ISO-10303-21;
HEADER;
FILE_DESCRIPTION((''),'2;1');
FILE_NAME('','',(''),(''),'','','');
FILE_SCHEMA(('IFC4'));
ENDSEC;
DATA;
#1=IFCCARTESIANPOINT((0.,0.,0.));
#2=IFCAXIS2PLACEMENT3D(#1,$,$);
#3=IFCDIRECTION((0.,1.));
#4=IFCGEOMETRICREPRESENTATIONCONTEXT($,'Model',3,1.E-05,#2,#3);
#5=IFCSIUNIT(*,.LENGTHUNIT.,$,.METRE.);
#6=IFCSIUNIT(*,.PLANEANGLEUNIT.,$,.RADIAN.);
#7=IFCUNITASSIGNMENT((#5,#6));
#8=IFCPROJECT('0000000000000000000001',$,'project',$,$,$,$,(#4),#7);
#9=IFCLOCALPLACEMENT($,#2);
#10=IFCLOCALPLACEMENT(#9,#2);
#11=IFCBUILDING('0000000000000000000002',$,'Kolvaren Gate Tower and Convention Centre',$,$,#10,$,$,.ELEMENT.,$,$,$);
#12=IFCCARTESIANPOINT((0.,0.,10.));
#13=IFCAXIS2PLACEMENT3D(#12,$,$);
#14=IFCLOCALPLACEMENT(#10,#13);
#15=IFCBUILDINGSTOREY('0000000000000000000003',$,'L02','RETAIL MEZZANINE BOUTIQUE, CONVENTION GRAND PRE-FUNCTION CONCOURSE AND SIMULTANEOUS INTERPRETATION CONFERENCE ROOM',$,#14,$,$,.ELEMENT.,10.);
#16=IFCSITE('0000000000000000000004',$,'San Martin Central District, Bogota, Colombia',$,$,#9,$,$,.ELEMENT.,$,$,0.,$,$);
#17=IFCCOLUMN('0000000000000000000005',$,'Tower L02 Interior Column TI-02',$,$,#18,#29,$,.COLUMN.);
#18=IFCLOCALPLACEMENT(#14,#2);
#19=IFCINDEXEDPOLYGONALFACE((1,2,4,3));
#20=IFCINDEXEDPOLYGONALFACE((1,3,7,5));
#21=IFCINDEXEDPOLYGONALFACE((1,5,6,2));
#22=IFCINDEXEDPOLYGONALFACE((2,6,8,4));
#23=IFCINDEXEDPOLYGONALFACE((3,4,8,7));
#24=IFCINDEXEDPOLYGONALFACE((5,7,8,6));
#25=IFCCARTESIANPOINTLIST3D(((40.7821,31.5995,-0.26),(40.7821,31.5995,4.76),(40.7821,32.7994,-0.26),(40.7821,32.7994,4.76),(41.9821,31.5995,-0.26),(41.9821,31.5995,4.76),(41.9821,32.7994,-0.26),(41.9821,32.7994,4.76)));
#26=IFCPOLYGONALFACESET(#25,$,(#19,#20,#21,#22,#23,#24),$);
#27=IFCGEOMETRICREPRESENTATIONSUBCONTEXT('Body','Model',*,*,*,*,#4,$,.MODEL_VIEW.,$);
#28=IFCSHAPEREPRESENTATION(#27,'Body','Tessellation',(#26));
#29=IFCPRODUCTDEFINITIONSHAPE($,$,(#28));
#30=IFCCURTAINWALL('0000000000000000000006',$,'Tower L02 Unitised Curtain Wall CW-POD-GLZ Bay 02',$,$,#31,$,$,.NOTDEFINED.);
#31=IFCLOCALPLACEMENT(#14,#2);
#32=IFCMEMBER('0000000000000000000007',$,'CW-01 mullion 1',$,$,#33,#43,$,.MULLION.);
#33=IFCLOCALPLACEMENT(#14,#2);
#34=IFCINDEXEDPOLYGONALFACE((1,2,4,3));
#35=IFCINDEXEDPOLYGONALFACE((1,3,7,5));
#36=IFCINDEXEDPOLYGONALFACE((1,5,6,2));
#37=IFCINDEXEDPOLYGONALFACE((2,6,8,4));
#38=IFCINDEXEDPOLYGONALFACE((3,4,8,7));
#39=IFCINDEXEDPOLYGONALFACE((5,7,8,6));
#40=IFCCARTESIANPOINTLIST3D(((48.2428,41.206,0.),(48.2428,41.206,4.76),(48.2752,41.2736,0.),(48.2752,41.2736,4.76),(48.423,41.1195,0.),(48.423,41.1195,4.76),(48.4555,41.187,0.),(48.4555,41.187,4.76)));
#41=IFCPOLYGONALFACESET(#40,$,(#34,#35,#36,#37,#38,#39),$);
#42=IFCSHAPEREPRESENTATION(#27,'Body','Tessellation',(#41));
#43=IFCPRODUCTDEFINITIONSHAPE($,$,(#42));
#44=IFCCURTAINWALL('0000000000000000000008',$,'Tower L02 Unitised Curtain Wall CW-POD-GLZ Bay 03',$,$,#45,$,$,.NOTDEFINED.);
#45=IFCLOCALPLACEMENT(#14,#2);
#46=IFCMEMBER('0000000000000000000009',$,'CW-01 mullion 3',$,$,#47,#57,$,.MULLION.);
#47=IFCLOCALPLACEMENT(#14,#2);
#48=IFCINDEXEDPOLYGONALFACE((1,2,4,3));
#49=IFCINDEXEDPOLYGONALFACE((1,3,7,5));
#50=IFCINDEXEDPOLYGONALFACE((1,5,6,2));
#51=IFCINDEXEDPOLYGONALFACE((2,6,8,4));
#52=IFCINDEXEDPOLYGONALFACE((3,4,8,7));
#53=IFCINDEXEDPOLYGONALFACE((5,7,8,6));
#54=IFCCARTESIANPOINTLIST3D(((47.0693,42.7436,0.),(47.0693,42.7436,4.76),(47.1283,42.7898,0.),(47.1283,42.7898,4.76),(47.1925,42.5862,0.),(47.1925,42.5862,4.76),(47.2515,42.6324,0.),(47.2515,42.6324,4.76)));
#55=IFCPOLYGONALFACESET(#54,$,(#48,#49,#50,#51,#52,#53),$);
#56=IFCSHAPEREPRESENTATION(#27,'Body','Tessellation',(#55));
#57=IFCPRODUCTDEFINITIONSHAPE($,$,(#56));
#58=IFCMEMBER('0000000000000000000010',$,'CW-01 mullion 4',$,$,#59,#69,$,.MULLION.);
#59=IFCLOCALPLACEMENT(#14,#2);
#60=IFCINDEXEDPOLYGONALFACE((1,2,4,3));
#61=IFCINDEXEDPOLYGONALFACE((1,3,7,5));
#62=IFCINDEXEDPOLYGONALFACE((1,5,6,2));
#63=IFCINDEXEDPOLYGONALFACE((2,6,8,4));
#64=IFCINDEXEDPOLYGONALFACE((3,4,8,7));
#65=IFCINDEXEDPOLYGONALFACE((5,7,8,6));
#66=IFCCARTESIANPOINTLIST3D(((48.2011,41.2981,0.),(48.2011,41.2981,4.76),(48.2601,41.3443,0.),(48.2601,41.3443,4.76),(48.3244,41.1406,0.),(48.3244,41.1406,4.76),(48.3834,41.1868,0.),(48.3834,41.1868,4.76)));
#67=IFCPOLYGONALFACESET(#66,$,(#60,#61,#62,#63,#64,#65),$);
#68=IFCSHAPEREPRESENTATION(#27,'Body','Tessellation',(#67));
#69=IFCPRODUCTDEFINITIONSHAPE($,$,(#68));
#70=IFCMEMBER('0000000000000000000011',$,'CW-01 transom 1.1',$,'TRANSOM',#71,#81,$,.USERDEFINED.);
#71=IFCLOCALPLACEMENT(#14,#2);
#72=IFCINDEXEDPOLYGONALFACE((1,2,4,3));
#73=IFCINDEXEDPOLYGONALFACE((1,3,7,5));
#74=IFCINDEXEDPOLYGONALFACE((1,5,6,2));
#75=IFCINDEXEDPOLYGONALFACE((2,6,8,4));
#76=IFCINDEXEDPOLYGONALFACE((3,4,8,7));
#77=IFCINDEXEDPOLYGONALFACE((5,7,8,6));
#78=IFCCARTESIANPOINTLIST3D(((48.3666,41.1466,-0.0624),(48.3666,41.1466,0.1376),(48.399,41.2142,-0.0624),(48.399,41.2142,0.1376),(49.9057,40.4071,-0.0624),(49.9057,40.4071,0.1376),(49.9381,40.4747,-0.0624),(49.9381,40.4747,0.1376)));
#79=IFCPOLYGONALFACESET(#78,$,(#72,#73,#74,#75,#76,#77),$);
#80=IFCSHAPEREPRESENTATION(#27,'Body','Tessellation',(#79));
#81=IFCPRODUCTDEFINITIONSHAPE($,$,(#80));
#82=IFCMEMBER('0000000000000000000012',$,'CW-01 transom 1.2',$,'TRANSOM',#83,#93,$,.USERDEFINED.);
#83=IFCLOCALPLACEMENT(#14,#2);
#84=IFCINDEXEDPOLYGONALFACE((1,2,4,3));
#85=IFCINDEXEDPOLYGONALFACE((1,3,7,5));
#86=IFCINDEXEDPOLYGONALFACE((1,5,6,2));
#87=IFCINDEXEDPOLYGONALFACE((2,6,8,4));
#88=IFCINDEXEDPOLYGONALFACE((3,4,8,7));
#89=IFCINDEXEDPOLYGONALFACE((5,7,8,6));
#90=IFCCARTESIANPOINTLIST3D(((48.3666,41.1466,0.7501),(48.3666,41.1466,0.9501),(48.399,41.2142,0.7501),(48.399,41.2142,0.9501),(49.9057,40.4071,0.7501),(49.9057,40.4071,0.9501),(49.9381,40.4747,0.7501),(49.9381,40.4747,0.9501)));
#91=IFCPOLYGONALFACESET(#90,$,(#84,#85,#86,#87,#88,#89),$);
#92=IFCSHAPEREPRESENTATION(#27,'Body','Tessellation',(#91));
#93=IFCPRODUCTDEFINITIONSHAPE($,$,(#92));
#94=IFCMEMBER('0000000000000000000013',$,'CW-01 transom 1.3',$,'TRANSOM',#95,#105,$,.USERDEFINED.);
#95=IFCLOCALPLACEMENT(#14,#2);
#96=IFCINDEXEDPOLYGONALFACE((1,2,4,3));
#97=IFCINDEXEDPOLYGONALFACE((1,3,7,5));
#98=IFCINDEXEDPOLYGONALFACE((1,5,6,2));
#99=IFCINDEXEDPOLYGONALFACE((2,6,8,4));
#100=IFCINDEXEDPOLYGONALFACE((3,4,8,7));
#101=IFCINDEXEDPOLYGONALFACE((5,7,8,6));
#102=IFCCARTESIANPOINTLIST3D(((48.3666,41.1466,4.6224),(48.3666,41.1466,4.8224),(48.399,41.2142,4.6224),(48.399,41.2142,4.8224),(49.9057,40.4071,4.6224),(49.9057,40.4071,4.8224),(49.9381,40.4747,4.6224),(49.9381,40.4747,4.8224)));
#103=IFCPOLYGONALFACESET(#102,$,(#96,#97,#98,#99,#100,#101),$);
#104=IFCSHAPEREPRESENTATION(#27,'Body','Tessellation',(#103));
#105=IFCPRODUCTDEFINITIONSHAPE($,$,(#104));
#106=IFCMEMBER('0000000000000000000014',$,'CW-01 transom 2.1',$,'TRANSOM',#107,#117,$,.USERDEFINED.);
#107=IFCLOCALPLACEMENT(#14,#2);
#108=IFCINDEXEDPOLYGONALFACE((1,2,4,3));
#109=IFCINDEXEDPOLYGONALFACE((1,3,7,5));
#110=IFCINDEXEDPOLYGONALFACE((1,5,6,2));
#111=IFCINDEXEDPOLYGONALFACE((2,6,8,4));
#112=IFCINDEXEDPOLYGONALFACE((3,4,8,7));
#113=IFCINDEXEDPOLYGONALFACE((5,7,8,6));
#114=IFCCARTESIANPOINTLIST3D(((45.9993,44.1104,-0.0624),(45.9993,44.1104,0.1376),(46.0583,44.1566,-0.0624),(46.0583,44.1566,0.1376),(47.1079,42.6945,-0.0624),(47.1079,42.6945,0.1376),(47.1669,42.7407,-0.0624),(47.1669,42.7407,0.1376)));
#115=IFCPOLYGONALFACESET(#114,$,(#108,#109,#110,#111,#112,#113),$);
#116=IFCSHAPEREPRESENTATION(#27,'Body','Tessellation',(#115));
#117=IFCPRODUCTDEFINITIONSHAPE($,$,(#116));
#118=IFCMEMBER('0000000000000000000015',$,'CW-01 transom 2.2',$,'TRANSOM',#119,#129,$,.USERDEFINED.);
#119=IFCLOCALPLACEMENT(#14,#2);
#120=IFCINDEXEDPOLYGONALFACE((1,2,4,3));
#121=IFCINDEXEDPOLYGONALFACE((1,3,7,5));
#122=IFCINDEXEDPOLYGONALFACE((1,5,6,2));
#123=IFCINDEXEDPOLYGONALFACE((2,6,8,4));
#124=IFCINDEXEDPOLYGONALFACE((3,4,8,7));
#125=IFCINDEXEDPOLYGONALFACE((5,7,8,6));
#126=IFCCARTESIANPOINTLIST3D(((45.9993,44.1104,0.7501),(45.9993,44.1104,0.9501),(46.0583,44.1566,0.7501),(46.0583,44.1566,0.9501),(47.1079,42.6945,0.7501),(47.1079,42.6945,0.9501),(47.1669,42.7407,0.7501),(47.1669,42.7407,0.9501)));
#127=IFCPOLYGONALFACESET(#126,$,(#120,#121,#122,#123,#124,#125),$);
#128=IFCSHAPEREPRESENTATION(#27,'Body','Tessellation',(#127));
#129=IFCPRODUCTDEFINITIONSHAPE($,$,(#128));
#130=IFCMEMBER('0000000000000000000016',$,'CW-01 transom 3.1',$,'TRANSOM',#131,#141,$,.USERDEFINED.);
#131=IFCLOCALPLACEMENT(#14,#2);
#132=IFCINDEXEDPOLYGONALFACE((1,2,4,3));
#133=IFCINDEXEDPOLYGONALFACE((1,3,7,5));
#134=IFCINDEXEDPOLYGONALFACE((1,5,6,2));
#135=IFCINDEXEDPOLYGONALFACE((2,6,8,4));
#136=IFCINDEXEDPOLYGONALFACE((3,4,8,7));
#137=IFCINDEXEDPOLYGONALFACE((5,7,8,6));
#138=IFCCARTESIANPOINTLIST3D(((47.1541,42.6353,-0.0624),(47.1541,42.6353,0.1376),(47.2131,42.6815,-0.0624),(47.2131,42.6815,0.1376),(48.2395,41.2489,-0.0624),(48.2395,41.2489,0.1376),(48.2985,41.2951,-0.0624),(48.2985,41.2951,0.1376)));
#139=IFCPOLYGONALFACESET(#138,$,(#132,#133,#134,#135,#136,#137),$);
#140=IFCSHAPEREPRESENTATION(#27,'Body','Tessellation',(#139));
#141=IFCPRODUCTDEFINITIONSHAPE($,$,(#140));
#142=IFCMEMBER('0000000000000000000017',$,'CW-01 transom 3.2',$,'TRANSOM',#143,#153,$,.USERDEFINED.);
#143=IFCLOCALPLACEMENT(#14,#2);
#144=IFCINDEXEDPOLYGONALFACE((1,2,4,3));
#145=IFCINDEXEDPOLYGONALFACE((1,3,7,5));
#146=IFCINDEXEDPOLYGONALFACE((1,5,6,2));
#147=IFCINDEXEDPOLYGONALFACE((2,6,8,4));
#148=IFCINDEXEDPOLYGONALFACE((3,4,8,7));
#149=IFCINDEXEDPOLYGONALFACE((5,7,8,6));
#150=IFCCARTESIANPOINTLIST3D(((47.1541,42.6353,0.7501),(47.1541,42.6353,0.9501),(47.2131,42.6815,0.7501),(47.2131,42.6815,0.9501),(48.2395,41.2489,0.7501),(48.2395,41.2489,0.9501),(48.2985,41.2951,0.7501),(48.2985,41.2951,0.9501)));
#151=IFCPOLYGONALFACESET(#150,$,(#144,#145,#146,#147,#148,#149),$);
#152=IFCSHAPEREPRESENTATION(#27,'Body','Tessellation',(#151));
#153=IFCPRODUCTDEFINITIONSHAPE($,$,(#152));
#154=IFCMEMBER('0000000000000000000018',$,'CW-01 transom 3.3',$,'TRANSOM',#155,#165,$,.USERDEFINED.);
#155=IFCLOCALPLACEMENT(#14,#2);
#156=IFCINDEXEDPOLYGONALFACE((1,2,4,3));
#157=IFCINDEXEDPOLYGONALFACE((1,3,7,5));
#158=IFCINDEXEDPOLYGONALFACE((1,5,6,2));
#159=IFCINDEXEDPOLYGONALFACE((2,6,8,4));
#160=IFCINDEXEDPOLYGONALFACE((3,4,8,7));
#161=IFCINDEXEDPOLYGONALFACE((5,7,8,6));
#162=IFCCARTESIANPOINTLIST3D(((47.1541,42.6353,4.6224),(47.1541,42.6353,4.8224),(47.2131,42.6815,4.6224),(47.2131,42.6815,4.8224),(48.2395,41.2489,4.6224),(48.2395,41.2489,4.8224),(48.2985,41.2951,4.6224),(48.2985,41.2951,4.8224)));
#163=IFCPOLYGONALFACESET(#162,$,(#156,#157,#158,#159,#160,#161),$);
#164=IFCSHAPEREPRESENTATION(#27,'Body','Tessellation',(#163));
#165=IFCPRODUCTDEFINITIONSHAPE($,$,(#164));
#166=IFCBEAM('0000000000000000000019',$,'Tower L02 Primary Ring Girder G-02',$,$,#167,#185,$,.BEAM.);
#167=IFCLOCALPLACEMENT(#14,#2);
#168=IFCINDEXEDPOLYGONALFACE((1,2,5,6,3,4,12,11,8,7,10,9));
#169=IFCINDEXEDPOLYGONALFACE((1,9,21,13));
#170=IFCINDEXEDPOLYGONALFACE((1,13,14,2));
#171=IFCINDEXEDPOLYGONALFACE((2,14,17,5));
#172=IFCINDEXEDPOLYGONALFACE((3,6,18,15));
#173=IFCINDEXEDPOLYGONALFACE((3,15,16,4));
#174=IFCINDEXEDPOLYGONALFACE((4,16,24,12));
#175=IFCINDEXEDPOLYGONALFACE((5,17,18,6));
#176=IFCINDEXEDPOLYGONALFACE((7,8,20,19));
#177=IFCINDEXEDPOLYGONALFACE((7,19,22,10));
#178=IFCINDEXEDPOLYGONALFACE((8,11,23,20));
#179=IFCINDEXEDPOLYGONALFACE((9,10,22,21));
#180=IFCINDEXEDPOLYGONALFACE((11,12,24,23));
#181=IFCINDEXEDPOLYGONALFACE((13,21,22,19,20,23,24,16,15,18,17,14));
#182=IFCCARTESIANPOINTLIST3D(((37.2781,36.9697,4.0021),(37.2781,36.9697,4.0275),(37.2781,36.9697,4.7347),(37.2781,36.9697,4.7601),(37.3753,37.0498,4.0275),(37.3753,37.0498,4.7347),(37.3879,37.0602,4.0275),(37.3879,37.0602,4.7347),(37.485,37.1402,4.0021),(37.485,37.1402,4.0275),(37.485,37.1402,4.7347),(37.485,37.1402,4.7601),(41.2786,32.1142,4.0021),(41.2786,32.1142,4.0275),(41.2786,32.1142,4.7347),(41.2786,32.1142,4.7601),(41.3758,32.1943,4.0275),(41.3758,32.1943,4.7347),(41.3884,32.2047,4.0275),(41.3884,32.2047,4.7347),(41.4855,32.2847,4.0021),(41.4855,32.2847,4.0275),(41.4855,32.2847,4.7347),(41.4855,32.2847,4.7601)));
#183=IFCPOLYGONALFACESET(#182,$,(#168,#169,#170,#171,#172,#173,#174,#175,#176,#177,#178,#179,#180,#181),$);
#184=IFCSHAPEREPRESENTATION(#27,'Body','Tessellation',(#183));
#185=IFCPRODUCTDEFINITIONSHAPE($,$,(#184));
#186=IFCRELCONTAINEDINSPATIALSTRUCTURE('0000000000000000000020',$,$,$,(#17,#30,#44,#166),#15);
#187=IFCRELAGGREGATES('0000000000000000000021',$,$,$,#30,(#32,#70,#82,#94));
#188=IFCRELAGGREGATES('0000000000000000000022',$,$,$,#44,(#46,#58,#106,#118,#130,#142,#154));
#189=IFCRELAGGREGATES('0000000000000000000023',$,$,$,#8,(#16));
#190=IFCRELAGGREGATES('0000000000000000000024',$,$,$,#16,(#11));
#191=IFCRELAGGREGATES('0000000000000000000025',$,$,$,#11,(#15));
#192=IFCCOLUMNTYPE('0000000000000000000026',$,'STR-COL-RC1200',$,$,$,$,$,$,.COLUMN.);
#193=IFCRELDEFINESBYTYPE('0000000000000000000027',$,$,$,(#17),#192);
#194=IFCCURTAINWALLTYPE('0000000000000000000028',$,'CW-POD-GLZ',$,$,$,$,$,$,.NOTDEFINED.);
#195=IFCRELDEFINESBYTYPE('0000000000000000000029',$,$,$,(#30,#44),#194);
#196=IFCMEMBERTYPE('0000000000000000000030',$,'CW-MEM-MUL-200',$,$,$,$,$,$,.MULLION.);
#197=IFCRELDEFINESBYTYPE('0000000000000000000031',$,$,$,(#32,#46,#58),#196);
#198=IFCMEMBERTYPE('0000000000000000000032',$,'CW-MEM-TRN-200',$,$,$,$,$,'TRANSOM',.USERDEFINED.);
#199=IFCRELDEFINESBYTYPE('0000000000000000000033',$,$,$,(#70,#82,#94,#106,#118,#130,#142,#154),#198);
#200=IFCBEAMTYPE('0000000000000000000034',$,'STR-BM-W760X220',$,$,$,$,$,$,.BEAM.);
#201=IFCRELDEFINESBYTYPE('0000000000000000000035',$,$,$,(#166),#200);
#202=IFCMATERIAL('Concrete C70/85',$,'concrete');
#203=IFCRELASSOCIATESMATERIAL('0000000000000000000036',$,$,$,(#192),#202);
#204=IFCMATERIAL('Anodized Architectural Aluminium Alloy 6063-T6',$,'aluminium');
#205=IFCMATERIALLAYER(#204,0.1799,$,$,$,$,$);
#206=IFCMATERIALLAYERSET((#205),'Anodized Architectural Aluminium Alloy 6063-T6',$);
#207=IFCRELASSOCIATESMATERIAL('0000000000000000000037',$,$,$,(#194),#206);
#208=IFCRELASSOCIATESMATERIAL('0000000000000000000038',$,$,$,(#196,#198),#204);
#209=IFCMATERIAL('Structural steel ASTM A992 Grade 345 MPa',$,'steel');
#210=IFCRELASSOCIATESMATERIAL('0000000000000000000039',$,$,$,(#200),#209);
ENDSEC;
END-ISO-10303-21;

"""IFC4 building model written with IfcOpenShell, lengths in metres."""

from ifc_helpers import new_model, si_unit, direction, frame, origin, origin_2d, place, context, subcontext, project, spatial, rectangle, i_section, extrude, material, layer, layer_set, material_profile, profile_set, type_object, element, aggregate, save


model = new_model("IFC4")

# Units and contexts
model_context = context("Model", 3, precision=1e-05, world=origin(), true_north=direction((0.0, 1.0)))
body_context = subcontext(model_context, "Body", "Model", "MODEL_VIEW")
ifc_project = project(units=[si_unit("LENGTHUNIT", "METRE"), si_unit("PLANEANGLEUNIT", "RADIAN")], contexts=[model_context])

# Site, building, storey
site_placement = place(None, origin())
site = spatial("IfcSite", under=ifc_project, at=site_placement, Name="San Martin Central District, Bogota, Colombia", CompositionType="ELEMENT", RefElevation=0.0)
building_placement = place(site_placement, origin())
building = spatial("IfcBuilding", under=site, at=building_placement, Name="Kolvaren Gate Tower and Convention Centre", CompositionType="ELEMENT")
storey_placement = place(building_placement, frame((0.0, 0.0, 10.0)))
storey = spatial("IfcBuildingStorey", under=building, at=storey_placement, Name="L02", Description="RETAIL MEZZANINE BOUTIQUE, CONVENTION GRAND PRE-FUNCTION CONCOURSE AND SIMULTANEOUS INTERPRETATION CONFERENCE ROOM", CompositionType="ELEMENT", Elevation=10.0)

# Column
ifc_material_1 = material(Name="Concrete C70/85", Category="concrete")
ifc_material_profile_1 = material_profile(ifc_material_1, rectangle(XDim=1.2, YDim=1.2, at=origin_2d()), Name="RC-COL-1200X1200")
ifc_profile_set_1 = profile_set([ifc_material_profile_1], Name="Concrete C70/85")
column_type = type_object("IfcColumnType", Name="STR-COL-RC1200", PredefinedType="COLUMN", material=ifc_profile_set_1)
column_placement = place(storey_placement, frame((41.3821, 32.1995, -0.26), z_axis=(0.0, 0.0, 1.0), x_axis=(1.0, 0.0, 0.0)))
element("IfcColumn", 1, at=column_placement, inside=storey, type_object=column_type, Name="Tower L02 Interior Column TI-02", PredefinedType="COLUMN", context=body_context, shape_type="SweptSolid", body=[
    extrude(rectangle(XDim=1.2, YDim=1.2, at=origin_2d()), origin(), (0.0, 0.0, 1.0), 5.02),
])

# Curtain wall, member
ifc_material_2 = material(Name="Anodized Architectural Aluminium Alloy 6063-T6", Category="aluminium")
ifc_layer_1 = layer(ifc_material_2, 0.1799)
ifc_layer_set_1 = layer_set([ifc_layer_1], Name="Anodized Architectural Aluminium Alloy 6063-T6")
curtain_wall_type = type_object("IfcCurtainWallType", Name="CW-POD-GLZ", PredefinedType="NOTDEFINED", material=ifc_layer_set_1)
curtain_wall_1_placement = place(storey_placement, origin())
curtain_wall_1 = element("IfcCurtainWall", 2, at=curtain_wall_1_placement, inside=storey, type_object=curtain_wall_type, Name="Tower L02 Unitised Curtain Wall CW-POD-GLZ Bay 02", PredefinedType="NOTDEFINED")
ifc_material_profile_2 = material_profile(ifc_material_2, rectangle(XDim=0.075, YDim=0.2, at=origin_2d()), Name="CW-MEM-MUL-200")
ifc_profile_set_2 = profile_set([ifc_material_profile_2], Name="Anodized Architectural Aluminium Alloy 6063-T6")
member_type_1 = type_object("IfcMemberType", Name="CW-MEM-MUL-200", PredefinedType="MULLION", material=ifc_profile_set_2)
member_1_placement = place(storey_placement, frame((48.3491, 41.1965, 0.0), z_axis=(0.0, 0.0, 1.0), x_axis=(0.433063, 0.901364, 0.0)))
member_1 = element("IfcMember", 3, at=member_1_placement, type_object=member_type_1, Name="CW-01 mullion 1", PredefinedType="MULLION", context=body_context, shape_type="SweptSolid", body=[
    extrude(rectangle(XDim=0.075, YDim=0.2, at=origin_2d()), origin(), (0.0, 0.0, 1.0), 4.76),
])

# Curtain wall, members
curtain_wall_2_placement = place(storey_placement, origin())
curtain_wall_2 = element("IfcCurtainWall", 4, at=curtain_wall_2_placement, inside=storey, type_object=curtain_wall_type, Name="Tower L02 Unitised Curtain Wall CW-POD-GLZ Bay 03", PredefinedType="NOTDEFINED")
member_2_placement = place(storey_placement, frame((47.1604, 42.688, 0.0), z_axis=(0.0, 0.0, 1.0), x_axis=(0.787413, 0.616426, 0.0)))
member_2 = element("IfcMember", 5, at=member_2_placement, type_object=member_type_1, Name="CW-01 mullion 3", PredefinedType="MULLION", context=body_context, shape_type="SweptSolid", body=[
    extrude(rectangle(XDim=0.075, YDim=0.2, at=origin_2d()), origin(), (0.0, 0.0, 1.0), 4.76),
])
member_3_placement = place(storey_placement, frame((48.2922, 41.2424, 0.0), z_axis=(0.0, 0.0, 1.0), x_axis=(0.787413, 0.616426, 0.0)))
member_3 = element("IfcMember", 6, at=member_3_placement, type_object=member_type_1, Name="CW-01 mullion 4", PredefinedType="MULLION", context=body_context, shape_type="SweptSolid", body=[
    extrude(rectangle(XDim=0.075, YDim=0.2, at=origin_2d()), origin(), (0.0, 0.0, 1.0), 4.76),
])

# Members
ifc_material_profile_3 = material_profile(ifc_material_2, rectangle(XDim=0.075, YDim=0.2, at=origin_2d()), Name="CW-MEM-TRN-200")
ifc_profile_set_3 = profile_set([ifc_material_profile_3], Name="Anodized Architectural Aluminium Alloy 6063-T6")
member_type_2 = type_object("IfcMemberType", Name="CW-MEM-TRN-200", ElementType="TRANSOM", PredefinedType="USERDEFINED", material=ifc_profile_set_3)
member_4_placement = place(storey_placement, frame((48.3828, 41.1804, 0.0376), z_axis=(0.901351, -0.433089, 0.0), x_axis=(0.433089, 0.901351, 0.0)))
member_4 = element("IfcMember", 7, at=member_4_placement, type_object=member_type_2, Name="CW-01 transom 1.1", ObjectType="TRANSOM", PredefinedType="USERDEFINED", context=body_context, shape_type="SweptSolid", body=[
    extrude(rectangle(XDim=0.075, YDim=0.2, at=origin_2d()), origin(), (0.0, 0.0, 1.0), 1.7075),
])
member_5_placement = place(storey_placement, frame((48.3828, 41.1804, 0.8501), z_axis=(0.901351, -0.433089, 0.0), x_axis=(0.433089, 0.901351, 0.0)))
member_5 = element("IfcMember", 8, at=member_5_placement, type_object=member_type_2, Name="CW-01 transom 1.2", ObjectType="TRANSOM", PredefinedType="USERDEFINED", context=body_context, shape_type="SweptSolid", body=[
    extrude(rectangle(XDim=0.075, YDim=0.2, at=origin_2d()), origin(), (0.0, 0.0, 1.0), 1.7075),
])
member_6_placement = place(storey_placement, frame((48.3828, 41.1804, 4.7224), z_axis=(0.901351, -0.433089, 0.0), x_axis=(0.433089, 0.901351, 0.0)))
member_6 = element("IfcMember", 9, at=member_6_placement, type_object=member_type_2, Name="CW-01 transom 1.3", ObjectType="TRANSOM", PredefinedType="USERDEFINED", context=body_context, shape_type="SweptSolid", body=[
    extrude(rectangle(XDim=0.075, YDim=0.2, at=origin_2d()), origin(), (0.0, 0.0, 1.0), 1.7075),
])
aggregate(curtain_wall_1, [member_1, member_4, member_5, member_6])
member_7_placement = place(storey_placement, frame((46.0288, 44.1335, 0.0376), z_axis=(0.616466, -0.787382, 0.0), x_axis=(0.787382, 0.616466, 0.0)))
member_7 = element("IfcMember", 10, at=member_7_placement, type_object=member_type_2, Name="CW-01 transom 2.1", ObjectType="TRANSOM", PredefinedType="USERDEFINED", context=body_context, shape_type="SweptSolid", body=[
    extrude(rectangle(XDim=0.075, YDim=0.2, at=origin_2d()), origin(), (0.0, 0.0, 1.0), 1.7983),
])
member_8_placement = place(storey_placement, frame((46.0288, 44.1335, 0.8501), z_axis=(0.616466, -0.787382, 0.0), x_axis=(0.787382, 0.616466, 0.0)))
member_8 = element("IfcMember", 11, at=member_8_placement, type_object=member_type_2, Name="CW-01 transom 2.2", ObjectType="TRANSOM", PredefinedType="USERDEFINED", context=body_context, shape_type="SweptSolid", body=[
    extrude(rectangle(XDim=0.075, YDim=0.2, at=origin_2d()), origin(), (0.0, 0.0, 1.0), 1.7983),
])
member_9_placement = place(storey_placement, frame((47.1836, 42.6584, 0.0376), z_axis=(0.616443, -0.7874, 0.0), x_axis=(0.7874, 0.616443, 0.0)))
member_9 = element("IfcMember", 12, at=member_9_placement, type_object=member_type_2, Name="CW-01 transom 3.1", ObjectType="TRANSOM", PredefinedType="USERDEFINED", context=body_context, shape_type="SweptSolid", body=[
    extrude(rectangle(XDim=0.075, YDim=0.2, at=origin_2d()), origin(), (0.0, 0.0, 1.0), 1.7607),
])
member_10_placement = place(storey_placement, frame((47.1836, 42.6584, 0.8501), z_axis=(0.616443, -0.7874, 0.0), x_axis=(0.7874, 0.616443, 0.0)))
member_10 = element("IfcMember", 13, at=member_10_placement, type_object=member_type_2, Name="CW-01 transom 3.2", ObjectType="TRANSOM", PredefinedType="USERDEFINED", context=body_context, shape_type="SweptSolid", body=[
    extrude(rectangle(XDim=0.075, YDim=0.2, at=origin_2d()), origin(), (0.0, 0.0, 1.0), 1.7607),
])
member_11_placement = place(storey_placement, frame((47.1836, 42.6584, 4.7224), z_axis=(0.616443, -0.7874, 0.0), x_axis=(0.7874, 0.616443, 0.0)))
member_11 = element("IfcMember", 14, at=member_11_placement, type_object=member_type_2, Name="CW-01 transom 3.3", ObjectType="TRANSOM", PredefinedType="USERDEFINED", context=body_context, shape_type="SweptSolid", body=[
    extrude(rectangle(XDim=0.075, YDim=0.2, at=origin_2d()), origin(), (0.0, 0.0, 1.0), 1.7607),
])

# Beam
ifc_material_3 = material(Name="Structural steel ASTM A992 Grade 345 MPa", Category="steel")
ifc_material_profile_4 = material_profile(ifc_material_3, i_section(OverallWidth=0.2681, OverallDepth=0.7581, WebThickness=0.0164, FlangeThickness=0.0254, at=origin_2d()), Name="W760X220")
ifc_profile_set_4 = profile_set([ifc_material_profile_4], Name="Structural steel ASTM A992 Grade 345 MPa")
beam_type_1 = type_object("IfcBeamType", Name="STR-BM-W760X220", PredefinedType="BEAM", material=ifc_profile_set_4)
beam_1_placement = place(storey_placement, frame((41.3821, 32.1995, 4.3811), z_axis=(-0.635884, 0.771785, 0.0), x_axis=(-0.771785, -0.635884, 0.0)))
element("IfcBeam", 15, at=beam_1_placement, inside=storey, type_object=beam_type_1, Name="Tower L02 Primary Ring Girder G-02", PredefinedType="BEAM", context=body_context, shape_type="SweptSolid", body=[
    extrude(i_section(OverallWidth=0.2681, OverallDepth=0.7581, WebThickness=0.0164, FlangeThickness=0.0254, at=origin_2d()), origin(), (0.0, 0.0, 1.0), 6.2913),
])

aggregate(curtain_wall_2, [member_2, member_3, member_7, member_8, member_9, member_10, member_11])

save(model, "model.ifc")
